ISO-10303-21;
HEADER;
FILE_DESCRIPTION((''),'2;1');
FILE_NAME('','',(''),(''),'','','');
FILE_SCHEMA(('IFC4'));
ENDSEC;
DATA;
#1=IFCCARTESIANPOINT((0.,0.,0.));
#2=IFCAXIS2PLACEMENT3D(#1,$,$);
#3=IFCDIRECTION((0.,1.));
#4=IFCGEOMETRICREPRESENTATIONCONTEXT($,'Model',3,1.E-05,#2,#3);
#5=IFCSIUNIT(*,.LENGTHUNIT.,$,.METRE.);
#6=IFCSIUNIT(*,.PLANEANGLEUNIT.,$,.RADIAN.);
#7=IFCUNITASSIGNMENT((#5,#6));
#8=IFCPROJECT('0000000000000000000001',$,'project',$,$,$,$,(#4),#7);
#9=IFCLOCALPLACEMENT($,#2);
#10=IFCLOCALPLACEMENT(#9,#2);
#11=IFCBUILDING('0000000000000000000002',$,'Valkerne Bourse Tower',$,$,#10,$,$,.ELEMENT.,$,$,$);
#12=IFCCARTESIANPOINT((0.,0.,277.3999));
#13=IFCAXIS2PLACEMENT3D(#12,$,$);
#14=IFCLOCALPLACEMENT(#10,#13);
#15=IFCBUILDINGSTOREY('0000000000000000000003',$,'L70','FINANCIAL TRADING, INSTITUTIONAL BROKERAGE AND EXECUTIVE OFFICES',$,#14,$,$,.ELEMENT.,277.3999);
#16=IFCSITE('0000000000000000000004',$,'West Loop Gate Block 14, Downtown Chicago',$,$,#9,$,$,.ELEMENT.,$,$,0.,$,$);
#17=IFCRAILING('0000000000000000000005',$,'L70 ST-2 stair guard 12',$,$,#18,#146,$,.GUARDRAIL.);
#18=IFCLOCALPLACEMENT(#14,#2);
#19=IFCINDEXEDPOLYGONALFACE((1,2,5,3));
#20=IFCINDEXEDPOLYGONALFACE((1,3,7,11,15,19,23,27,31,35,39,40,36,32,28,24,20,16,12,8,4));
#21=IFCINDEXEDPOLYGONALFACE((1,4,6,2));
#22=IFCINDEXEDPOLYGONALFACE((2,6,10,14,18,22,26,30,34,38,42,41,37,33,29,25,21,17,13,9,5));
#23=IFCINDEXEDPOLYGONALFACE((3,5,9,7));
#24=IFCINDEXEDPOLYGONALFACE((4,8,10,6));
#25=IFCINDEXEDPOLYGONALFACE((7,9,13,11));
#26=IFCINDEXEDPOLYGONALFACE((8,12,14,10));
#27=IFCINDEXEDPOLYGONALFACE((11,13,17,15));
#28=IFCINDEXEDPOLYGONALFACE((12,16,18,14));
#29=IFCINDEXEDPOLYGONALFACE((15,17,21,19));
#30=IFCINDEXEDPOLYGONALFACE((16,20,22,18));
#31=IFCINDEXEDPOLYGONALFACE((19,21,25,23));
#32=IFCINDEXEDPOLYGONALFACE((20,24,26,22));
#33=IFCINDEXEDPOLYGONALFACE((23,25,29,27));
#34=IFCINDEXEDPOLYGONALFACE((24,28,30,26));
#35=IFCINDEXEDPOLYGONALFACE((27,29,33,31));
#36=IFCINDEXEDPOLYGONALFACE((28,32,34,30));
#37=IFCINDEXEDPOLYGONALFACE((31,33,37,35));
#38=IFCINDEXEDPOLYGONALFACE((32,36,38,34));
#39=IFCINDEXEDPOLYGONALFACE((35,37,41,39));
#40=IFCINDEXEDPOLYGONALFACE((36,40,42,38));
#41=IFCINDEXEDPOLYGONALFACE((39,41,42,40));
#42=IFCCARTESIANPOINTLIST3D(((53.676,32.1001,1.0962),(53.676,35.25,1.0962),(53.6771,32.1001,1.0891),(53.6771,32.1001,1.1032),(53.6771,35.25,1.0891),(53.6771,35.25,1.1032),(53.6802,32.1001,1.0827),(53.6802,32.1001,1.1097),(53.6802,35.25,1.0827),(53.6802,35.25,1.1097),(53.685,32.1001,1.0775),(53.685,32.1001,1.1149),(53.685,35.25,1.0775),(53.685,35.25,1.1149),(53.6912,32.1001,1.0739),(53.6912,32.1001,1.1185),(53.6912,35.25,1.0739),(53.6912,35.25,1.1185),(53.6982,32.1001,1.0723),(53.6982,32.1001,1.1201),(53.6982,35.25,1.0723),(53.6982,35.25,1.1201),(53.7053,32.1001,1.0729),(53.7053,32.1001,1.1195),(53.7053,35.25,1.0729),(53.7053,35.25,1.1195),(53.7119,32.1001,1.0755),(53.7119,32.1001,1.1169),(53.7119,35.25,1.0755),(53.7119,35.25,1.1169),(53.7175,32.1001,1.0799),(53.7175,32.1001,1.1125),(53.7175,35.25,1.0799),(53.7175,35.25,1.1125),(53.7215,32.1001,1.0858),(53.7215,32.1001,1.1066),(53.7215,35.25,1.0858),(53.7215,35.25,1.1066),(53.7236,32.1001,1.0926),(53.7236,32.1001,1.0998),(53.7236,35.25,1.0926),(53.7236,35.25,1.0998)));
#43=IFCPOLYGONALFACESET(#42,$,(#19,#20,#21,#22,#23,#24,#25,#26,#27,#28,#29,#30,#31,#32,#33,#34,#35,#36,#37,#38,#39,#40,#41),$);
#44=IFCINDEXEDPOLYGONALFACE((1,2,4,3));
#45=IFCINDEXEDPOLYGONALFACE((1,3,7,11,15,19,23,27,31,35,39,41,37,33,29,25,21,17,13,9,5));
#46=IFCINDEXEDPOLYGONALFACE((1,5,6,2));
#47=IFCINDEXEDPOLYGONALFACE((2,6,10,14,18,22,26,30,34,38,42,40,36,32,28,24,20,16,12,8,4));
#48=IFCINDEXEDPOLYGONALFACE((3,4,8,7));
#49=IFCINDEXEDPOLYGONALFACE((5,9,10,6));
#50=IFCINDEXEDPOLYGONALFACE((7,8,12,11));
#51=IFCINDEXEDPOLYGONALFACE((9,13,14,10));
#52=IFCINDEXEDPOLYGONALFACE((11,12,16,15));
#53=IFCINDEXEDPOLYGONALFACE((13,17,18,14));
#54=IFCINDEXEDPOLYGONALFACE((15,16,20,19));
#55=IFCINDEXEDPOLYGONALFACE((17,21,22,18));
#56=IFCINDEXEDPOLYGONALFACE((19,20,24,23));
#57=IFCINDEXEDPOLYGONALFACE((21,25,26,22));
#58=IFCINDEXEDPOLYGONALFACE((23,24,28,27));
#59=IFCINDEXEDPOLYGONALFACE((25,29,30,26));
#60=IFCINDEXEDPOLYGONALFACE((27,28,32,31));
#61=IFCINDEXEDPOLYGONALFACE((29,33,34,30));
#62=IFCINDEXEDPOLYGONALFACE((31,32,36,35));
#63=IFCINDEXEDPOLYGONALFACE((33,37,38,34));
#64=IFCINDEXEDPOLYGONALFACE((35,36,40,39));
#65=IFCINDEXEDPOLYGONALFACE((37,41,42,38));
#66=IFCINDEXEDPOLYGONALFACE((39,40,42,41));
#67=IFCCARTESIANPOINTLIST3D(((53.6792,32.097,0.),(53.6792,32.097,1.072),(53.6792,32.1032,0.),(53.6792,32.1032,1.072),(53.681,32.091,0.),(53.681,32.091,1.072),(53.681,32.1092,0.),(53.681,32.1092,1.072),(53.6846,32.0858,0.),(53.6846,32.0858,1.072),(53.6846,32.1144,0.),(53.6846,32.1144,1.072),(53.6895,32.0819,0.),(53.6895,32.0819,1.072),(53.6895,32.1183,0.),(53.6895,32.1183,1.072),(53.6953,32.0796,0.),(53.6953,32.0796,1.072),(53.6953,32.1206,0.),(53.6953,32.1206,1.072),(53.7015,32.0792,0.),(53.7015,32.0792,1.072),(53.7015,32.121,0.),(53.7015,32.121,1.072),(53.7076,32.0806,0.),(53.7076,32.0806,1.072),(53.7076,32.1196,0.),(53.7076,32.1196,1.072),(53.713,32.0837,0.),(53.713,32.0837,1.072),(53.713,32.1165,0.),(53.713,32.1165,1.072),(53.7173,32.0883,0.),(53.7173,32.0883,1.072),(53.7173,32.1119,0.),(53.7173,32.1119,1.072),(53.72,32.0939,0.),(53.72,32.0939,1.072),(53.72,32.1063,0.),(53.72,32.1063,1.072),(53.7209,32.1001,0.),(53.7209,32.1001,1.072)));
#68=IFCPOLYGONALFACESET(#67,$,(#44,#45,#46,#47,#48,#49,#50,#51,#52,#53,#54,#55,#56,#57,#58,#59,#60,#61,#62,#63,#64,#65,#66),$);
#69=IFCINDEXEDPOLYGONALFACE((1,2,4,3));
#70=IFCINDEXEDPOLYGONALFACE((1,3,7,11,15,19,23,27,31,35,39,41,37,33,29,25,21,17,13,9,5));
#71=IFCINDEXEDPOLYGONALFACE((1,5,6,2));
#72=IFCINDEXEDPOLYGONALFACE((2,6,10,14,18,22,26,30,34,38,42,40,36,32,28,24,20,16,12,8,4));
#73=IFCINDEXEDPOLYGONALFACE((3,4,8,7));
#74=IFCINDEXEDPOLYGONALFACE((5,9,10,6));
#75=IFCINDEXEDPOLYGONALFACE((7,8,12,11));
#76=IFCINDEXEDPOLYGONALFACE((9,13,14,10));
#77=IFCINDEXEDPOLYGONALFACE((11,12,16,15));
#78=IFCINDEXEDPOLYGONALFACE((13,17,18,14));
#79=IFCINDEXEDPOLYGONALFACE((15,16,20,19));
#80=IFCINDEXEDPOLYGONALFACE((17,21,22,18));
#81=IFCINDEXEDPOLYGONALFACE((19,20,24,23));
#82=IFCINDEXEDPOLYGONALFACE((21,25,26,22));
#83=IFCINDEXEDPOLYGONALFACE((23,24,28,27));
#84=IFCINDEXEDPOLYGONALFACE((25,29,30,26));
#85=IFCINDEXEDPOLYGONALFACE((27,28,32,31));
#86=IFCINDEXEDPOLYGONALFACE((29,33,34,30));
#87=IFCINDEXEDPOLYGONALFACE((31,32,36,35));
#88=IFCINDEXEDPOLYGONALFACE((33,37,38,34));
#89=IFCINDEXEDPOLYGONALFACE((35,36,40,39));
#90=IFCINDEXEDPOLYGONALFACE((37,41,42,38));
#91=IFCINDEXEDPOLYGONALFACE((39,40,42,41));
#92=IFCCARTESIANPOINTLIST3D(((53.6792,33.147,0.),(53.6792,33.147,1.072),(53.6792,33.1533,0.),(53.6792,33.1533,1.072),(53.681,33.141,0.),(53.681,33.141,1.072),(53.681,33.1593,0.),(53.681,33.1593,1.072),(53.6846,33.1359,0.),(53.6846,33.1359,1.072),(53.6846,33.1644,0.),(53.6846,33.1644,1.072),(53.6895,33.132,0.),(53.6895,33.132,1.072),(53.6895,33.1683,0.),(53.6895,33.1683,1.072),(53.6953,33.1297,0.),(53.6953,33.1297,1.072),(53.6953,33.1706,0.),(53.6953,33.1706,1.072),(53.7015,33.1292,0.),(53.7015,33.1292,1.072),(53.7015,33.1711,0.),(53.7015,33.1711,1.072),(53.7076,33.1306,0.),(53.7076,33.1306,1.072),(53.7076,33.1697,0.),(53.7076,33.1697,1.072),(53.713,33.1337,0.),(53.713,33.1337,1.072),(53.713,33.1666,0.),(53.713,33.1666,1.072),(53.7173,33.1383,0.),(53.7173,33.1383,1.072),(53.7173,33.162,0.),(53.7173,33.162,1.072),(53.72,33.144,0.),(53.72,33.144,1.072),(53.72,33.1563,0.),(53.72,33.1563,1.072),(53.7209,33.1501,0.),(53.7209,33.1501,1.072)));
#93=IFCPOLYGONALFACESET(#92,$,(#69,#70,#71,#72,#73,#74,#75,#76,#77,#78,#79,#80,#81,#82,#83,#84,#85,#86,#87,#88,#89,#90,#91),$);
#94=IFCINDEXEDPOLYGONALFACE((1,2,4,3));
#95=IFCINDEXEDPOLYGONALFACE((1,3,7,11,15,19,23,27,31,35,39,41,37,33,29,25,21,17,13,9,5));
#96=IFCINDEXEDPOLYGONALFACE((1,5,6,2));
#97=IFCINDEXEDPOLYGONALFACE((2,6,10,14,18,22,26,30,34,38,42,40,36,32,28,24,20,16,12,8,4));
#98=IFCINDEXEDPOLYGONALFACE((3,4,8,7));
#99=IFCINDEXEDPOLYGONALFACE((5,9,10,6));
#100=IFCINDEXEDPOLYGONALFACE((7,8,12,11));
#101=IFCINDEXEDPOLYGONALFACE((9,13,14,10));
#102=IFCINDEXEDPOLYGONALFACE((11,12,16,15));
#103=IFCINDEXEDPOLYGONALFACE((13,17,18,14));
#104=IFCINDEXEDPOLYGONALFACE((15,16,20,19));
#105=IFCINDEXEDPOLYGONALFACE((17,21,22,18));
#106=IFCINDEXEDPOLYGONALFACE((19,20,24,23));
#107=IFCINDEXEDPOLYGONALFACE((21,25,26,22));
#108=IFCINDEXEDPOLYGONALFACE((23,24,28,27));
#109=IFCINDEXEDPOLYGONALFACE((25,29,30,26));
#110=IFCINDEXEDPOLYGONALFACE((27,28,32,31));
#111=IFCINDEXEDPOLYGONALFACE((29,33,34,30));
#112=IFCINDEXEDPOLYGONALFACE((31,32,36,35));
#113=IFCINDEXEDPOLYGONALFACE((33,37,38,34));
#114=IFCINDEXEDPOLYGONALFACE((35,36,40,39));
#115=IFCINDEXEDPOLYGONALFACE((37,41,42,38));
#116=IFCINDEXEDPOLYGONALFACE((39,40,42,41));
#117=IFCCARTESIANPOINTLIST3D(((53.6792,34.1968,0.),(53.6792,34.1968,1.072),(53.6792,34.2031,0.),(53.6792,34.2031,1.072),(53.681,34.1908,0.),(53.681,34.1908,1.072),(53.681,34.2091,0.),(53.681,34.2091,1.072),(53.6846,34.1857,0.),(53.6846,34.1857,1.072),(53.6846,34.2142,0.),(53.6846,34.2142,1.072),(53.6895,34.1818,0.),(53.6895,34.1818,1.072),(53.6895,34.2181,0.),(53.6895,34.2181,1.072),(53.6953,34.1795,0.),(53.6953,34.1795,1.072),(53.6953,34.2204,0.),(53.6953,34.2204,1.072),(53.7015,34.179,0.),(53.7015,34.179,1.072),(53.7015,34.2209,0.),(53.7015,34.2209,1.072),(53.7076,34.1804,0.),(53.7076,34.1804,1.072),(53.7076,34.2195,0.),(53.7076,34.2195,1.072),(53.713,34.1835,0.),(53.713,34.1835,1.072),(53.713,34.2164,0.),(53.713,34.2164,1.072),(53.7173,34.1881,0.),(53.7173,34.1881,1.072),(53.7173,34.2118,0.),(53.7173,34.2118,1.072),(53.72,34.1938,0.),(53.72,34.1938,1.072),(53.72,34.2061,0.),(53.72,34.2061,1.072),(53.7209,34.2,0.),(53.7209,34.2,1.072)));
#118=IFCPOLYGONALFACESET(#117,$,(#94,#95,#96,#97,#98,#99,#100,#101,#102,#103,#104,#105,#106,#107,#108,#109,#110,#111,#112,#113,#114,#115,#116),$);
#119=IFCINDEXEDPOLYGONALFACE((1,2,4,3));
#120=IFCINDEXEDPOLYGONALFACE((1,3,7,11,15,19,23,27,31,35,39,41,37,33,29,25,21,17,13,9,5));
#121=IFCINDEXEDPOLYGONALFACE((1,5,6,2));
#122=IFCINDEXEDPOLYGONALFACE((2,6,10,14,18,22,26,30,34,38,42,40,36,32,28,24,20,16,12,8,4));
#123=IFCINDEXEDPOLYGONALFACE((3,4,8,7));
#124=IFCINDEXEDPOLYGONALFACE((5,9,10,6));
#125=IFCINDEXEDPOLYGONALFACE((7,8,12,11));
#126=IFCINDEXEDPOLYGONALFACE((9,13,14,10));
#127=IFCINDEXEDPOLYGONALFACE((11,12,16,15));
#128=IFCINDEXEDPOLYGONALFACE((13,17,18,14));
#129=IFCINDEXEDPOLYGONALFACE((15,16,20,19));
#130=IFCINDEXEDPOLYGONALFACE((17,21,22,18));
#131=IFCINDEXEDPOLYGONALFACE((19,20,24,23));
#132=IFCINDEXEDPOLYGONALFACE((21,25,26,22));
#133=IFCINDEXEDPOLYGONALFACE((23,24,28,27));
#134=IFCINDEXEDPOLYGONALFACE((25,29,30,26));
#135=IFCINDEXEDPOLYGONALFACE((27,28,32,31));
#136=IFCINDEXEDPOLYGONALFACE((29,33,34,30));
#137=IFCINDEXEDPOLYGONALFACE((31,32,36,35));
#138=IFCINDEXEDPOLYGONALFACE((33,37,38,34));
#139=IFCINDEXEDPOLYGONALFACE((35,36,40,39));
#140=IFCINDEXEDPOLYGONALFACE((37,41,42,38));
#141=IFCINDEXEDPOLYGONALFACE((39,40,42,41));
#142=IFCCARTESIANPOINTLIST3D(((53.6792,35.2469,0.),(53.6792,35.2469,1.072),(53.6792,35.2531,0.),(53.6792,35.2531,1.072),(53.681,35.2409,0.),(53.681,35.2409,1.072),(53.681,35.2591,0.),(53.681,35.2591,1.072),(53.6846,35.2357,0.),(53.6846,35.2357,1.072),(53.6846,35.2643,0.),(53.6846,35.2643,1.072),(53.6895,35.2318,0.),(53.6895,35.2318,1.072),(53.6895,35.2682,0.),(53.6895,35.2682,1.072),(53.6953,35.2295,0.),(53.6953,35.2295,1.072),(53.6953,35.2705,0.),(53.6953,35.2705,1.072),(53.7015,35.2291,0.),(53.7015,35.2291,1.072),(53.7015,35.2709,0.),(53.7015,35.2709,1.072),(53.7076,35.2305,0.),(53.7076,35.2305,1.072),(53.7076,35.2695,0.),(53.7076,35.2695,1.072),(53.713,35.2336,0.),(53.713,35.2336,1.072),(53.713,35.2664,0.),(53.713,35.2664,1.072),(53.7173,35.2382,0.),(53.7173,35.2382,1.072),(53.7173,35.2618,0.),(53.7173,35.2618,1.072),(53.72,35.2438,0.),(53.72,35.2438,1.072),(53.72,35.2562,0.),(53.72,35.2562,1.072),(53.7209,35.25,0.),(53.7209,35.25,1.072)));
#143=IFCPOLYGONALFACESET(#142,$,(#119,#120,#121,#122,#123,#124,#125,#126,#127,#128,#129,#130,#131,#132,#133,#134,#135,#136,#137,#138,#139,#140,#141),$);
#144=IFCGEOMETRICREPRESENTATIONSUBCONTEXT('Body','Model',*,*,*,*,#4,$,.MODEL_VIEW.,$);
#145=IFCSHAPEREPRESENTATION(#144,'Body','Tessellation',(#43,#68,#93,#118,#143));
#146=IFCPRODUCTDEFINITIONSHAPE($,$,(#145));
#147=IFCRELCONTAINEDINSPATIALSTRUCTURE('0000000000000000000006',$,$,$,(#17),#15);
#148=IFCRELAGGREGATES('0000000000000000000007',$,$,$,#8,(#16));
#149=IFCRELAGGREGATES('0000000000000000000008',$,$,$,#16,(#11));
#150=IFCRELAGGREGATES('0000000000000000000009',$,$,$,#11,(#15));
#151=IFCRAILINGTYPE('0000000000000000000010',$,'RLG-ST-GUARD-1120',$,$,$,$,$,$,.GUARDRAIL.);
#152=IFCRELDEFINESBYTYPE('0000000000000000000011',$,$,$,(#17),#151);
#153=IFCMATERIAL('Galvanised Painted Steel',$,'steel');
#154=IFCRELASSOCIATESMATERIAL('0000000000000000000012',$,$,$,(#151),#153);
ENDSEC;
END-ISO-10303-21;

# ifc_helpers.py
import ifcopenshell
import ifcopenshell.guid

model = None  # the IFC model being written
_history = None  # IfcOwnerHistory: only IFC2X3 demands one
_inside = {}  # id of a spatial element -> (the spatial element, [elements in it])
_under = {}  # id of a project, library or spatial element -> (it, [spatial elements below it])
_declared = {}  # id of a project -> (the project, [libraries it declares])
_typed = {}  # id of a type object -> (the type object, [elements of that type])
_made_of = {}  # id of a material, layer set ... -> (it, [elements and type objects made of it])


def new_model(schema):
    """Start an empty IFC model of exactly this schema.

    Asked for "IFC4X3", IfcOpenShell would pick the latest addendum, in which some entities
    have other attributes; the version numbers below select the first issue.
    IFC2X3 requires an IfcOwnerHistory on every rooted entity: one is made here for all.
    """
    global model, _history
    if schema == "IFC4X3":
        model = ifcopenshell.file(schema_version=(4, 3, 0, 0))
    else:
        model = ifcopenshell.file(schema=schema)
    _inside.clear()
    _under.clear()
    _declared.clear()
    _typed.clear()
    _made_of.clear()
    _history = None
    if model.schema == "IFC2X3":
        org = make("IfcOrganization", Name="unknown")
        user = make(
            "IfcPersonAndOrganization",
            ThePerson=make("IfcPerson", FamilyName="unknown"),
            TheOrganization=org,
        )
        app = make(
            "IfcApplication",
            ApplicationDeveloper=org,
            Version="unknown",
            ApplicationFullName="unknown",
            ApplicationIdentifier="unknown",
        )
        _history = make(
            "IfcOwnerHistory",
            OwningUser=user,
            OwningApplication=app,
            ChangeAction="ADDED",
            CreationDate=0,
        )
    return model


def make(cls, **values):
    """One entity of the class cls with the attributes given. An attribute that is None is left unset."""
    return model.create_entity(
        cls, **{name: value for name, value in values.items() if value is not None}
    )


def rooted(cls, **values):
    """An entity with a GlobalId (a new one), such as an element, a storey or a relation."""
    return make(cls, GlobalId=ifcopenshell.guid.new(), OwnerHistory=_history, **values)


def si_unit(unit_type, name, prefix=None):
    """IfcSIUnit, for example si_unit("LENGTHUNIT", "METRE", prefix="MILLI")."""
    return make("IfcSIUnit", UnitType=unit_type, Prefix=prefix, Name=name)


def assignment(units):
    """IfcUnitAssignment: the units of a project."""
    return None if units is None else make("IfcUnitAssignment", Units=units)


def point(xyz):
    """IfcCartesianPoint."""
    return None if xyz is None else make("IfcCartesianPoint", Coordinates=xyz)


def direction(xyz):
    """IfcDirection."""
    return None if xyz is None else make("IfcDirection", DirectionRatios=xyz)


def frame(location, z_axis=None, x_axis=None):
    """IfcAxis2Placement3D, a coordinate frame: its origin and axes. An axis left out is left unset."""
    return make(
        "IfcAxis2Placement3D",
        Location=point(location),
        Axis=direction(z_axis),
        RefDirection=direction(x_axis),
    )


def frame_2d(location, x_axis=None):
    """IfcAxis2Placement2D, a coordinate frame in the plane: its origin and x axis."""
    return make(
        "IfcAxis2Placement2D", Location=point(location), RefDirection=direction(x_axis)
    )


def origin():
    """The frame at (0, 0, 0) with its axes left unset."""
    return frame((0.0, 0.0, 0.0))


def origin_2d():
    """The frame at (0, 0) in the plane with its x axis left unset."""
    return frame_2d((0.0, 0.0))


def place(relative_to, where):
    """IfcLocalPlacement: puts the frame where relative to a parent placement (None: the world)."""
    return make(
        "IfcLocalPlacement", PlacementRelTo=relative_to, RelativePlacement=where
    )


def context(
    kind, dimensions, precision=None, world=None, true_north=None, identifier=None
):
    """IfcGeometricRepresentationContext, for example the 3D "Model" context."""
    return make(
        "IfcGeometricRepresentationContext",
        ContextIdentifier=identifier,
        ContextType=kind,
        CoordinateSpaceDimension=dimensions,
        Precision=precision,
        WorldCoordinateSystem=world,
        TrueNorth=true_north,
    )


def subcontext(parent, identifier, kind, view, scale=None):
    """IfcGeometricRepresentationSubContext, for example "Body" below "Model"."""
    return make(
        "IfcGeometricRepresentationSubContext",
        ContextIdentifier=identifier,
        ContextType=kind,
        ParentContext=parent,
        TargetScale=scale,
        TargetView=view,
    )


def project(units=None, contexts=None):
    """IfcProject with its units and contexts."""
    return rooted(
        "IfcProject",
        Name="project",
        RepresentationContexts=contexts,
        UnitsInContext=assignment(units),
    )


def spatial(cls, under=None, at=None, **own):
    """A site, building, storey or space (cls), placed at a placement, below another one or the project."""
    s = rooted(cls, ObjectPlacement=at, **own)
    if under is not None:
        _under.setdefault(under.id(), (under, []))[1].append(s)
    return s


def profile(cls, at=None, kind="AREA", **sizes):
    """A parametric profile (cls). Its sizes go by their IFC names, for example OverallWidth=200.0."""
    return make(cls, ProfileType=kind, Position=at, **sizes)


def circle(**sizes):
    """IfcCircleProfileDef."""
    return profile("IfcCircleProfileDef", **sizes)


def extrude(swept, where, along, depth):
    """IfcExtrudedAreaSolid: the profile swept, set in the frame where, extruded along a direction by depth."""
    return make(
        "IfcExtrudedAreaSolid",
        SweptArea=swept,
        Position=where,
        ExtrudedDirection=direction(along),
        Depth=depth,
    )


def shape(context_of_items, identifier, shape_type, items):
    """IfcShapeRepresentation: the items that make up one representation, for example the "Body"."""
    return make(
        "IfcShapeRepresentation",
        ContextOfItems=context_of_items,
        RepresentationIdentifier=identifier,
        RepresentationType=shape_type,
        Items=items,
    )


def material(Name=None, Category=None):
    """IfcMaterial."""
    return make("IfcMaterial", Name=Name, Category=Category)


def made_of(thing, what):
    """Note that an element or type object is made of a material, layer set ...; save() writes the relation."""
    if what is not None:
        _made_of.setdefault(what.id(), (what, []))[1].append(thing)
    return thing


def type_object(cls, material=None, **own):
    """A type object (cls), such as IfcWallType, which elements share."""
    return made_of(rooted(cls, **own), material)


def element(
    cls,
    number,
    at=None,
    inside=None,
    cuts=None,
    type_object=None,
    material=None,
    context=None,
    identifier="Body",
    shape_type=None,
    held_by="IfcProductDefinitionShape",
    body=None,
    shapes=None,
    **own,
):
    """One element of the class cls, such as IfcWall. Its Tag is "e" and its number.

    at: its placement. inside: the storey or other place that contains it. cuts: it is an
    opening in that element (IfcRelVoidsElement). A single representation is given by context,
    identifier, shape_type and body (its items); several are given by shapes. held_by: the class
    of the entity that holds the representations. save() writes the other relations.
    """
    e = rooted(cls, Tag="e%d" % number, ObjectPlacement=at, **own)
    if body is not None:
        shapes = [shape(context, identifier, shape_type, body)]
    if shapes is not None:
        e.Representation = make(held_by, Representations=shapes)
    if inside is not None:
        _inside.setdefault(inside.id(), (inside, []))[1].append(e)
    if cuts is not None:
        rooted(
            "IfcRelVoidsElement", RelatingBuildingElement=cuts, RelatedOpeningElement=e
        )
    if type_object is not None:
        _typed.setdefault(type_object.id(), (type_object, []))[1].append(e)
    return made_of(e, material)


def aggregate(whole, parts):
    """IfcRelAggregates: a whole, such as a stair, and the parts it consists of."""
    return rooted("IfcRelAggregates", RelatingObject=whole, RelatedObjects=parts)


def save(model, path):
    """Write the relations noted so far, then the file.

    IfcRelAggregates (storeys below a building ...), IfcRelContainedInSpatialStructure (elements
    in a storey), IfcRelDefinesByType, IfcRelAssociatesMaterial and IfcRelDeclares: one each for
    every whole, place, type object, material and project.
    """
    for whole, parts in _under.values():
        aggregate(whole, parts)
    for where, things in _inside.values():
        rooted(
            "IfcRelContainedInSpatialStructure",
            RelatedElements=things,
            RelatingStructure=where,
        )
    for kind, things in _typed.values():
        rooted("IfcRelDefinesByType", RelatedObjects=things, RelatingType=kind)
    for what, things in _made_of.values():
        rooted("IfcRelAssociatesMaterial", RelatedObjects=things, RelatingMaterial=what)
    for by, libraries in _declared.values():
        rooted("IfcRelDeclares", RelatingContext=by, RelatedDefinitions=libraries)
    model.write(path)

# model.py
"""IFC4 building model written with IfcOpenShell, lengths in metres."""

from ifc_helpers import new_model, si_unit, direction, frame, origin, origin_2d, place, context, subcontext, project, spatial, circle, extrude, material, type_object, element, save


model = new_model("IFC4")

# Units and contexts
model_context = context("Model", 3, precision=1e-05, world=origin(), true_north=direction((0.0, 1.0)))
body_context = subcontext(model_context, "Body", "Model", "MODEL_VIEW")
ifc_project = project(units=[si_unit("LENGTHUNIT", "METRE"), si_unit("PLANEANGLEUNIT", "RADIAN")], contexts=[model_context])

# Site, building, storey
site_placement = place(None, origin())
site = spatial("IfcSite", under=ifc_project, at=site_placement, Name="West Loop Gate Block 14, Downtown Chicago", CompositionType="ELEMENT", RefElevation=0.0)
building_placement = place(site_placement, origin())
building = spatial("IfcBuilding", under=site, at=building_placement, Name="Valkerne Bourse Tower", CompositionType="ELEMENT")
storey_placement = place(building_placement, frame((0.0, 0.0, 277.3999)))
storey = spatial("IfcBuildingStorey", under=building, at=storey_placement, Name="L70", Description="FINANCIAL TRADING, INSTITUTIONAL BROKERAGE AND EXECUTIVE OFFICES", CompositionType="ELEMENT", Elevation=277.3999)

# Railing
ifc_material_1 = material(Name="Galvanised Painted Steel", Category="steel")
railing_type = type_object("IfcRailingType", Name="RLG-ST-GUARD-1120", PredefinedType="GUARDRAIL", material=ifc_material_1)
railing_1_placement = place(storey_placement, frame((53.7, 32.1001, 0.0)))
element("IfcRailing", 1, at=railing_1_placement, inside=storey, type_object=railing_type, Name="L70 ST-2 stair guard 12", PredefinedType="GUARDRAIL", context=body_context, shape_type="SweptSolid", body=[
    extrude(circle(Radius=0.0239, at=origin_2d()), frame((0.0, 0.0, 1.0962), z_axis=(0.0, 1.0, 0.0), x_axis=(-1.0, 0.0, 0.0)), (0.0, 0.0, 1.0), 3.1499),
    extrude(circle(Radius=0.021, at=origin_2d()), origin(), (0.0, 0.0, 1.0), 1.072),
    extrude(circle(Radius=0.021, at=origin_2d()), frame((0.0, 1.05, 0.0)), (0.0, 0.0, 1.0), 1.072),
    extrude(circle(Radius=0.021, at=origin_2d()), frame((0.0, 2.0999, 0.0)), (0.0, 0.0, 1.0), 1.072),
    extrude(circle(Radius=0.021, at=origin_2d()), frame((0.0, 3.1499, 0.0)), (0.0, 0.0, 1.0), 1.072),
])

save(model, "model.ifc")
